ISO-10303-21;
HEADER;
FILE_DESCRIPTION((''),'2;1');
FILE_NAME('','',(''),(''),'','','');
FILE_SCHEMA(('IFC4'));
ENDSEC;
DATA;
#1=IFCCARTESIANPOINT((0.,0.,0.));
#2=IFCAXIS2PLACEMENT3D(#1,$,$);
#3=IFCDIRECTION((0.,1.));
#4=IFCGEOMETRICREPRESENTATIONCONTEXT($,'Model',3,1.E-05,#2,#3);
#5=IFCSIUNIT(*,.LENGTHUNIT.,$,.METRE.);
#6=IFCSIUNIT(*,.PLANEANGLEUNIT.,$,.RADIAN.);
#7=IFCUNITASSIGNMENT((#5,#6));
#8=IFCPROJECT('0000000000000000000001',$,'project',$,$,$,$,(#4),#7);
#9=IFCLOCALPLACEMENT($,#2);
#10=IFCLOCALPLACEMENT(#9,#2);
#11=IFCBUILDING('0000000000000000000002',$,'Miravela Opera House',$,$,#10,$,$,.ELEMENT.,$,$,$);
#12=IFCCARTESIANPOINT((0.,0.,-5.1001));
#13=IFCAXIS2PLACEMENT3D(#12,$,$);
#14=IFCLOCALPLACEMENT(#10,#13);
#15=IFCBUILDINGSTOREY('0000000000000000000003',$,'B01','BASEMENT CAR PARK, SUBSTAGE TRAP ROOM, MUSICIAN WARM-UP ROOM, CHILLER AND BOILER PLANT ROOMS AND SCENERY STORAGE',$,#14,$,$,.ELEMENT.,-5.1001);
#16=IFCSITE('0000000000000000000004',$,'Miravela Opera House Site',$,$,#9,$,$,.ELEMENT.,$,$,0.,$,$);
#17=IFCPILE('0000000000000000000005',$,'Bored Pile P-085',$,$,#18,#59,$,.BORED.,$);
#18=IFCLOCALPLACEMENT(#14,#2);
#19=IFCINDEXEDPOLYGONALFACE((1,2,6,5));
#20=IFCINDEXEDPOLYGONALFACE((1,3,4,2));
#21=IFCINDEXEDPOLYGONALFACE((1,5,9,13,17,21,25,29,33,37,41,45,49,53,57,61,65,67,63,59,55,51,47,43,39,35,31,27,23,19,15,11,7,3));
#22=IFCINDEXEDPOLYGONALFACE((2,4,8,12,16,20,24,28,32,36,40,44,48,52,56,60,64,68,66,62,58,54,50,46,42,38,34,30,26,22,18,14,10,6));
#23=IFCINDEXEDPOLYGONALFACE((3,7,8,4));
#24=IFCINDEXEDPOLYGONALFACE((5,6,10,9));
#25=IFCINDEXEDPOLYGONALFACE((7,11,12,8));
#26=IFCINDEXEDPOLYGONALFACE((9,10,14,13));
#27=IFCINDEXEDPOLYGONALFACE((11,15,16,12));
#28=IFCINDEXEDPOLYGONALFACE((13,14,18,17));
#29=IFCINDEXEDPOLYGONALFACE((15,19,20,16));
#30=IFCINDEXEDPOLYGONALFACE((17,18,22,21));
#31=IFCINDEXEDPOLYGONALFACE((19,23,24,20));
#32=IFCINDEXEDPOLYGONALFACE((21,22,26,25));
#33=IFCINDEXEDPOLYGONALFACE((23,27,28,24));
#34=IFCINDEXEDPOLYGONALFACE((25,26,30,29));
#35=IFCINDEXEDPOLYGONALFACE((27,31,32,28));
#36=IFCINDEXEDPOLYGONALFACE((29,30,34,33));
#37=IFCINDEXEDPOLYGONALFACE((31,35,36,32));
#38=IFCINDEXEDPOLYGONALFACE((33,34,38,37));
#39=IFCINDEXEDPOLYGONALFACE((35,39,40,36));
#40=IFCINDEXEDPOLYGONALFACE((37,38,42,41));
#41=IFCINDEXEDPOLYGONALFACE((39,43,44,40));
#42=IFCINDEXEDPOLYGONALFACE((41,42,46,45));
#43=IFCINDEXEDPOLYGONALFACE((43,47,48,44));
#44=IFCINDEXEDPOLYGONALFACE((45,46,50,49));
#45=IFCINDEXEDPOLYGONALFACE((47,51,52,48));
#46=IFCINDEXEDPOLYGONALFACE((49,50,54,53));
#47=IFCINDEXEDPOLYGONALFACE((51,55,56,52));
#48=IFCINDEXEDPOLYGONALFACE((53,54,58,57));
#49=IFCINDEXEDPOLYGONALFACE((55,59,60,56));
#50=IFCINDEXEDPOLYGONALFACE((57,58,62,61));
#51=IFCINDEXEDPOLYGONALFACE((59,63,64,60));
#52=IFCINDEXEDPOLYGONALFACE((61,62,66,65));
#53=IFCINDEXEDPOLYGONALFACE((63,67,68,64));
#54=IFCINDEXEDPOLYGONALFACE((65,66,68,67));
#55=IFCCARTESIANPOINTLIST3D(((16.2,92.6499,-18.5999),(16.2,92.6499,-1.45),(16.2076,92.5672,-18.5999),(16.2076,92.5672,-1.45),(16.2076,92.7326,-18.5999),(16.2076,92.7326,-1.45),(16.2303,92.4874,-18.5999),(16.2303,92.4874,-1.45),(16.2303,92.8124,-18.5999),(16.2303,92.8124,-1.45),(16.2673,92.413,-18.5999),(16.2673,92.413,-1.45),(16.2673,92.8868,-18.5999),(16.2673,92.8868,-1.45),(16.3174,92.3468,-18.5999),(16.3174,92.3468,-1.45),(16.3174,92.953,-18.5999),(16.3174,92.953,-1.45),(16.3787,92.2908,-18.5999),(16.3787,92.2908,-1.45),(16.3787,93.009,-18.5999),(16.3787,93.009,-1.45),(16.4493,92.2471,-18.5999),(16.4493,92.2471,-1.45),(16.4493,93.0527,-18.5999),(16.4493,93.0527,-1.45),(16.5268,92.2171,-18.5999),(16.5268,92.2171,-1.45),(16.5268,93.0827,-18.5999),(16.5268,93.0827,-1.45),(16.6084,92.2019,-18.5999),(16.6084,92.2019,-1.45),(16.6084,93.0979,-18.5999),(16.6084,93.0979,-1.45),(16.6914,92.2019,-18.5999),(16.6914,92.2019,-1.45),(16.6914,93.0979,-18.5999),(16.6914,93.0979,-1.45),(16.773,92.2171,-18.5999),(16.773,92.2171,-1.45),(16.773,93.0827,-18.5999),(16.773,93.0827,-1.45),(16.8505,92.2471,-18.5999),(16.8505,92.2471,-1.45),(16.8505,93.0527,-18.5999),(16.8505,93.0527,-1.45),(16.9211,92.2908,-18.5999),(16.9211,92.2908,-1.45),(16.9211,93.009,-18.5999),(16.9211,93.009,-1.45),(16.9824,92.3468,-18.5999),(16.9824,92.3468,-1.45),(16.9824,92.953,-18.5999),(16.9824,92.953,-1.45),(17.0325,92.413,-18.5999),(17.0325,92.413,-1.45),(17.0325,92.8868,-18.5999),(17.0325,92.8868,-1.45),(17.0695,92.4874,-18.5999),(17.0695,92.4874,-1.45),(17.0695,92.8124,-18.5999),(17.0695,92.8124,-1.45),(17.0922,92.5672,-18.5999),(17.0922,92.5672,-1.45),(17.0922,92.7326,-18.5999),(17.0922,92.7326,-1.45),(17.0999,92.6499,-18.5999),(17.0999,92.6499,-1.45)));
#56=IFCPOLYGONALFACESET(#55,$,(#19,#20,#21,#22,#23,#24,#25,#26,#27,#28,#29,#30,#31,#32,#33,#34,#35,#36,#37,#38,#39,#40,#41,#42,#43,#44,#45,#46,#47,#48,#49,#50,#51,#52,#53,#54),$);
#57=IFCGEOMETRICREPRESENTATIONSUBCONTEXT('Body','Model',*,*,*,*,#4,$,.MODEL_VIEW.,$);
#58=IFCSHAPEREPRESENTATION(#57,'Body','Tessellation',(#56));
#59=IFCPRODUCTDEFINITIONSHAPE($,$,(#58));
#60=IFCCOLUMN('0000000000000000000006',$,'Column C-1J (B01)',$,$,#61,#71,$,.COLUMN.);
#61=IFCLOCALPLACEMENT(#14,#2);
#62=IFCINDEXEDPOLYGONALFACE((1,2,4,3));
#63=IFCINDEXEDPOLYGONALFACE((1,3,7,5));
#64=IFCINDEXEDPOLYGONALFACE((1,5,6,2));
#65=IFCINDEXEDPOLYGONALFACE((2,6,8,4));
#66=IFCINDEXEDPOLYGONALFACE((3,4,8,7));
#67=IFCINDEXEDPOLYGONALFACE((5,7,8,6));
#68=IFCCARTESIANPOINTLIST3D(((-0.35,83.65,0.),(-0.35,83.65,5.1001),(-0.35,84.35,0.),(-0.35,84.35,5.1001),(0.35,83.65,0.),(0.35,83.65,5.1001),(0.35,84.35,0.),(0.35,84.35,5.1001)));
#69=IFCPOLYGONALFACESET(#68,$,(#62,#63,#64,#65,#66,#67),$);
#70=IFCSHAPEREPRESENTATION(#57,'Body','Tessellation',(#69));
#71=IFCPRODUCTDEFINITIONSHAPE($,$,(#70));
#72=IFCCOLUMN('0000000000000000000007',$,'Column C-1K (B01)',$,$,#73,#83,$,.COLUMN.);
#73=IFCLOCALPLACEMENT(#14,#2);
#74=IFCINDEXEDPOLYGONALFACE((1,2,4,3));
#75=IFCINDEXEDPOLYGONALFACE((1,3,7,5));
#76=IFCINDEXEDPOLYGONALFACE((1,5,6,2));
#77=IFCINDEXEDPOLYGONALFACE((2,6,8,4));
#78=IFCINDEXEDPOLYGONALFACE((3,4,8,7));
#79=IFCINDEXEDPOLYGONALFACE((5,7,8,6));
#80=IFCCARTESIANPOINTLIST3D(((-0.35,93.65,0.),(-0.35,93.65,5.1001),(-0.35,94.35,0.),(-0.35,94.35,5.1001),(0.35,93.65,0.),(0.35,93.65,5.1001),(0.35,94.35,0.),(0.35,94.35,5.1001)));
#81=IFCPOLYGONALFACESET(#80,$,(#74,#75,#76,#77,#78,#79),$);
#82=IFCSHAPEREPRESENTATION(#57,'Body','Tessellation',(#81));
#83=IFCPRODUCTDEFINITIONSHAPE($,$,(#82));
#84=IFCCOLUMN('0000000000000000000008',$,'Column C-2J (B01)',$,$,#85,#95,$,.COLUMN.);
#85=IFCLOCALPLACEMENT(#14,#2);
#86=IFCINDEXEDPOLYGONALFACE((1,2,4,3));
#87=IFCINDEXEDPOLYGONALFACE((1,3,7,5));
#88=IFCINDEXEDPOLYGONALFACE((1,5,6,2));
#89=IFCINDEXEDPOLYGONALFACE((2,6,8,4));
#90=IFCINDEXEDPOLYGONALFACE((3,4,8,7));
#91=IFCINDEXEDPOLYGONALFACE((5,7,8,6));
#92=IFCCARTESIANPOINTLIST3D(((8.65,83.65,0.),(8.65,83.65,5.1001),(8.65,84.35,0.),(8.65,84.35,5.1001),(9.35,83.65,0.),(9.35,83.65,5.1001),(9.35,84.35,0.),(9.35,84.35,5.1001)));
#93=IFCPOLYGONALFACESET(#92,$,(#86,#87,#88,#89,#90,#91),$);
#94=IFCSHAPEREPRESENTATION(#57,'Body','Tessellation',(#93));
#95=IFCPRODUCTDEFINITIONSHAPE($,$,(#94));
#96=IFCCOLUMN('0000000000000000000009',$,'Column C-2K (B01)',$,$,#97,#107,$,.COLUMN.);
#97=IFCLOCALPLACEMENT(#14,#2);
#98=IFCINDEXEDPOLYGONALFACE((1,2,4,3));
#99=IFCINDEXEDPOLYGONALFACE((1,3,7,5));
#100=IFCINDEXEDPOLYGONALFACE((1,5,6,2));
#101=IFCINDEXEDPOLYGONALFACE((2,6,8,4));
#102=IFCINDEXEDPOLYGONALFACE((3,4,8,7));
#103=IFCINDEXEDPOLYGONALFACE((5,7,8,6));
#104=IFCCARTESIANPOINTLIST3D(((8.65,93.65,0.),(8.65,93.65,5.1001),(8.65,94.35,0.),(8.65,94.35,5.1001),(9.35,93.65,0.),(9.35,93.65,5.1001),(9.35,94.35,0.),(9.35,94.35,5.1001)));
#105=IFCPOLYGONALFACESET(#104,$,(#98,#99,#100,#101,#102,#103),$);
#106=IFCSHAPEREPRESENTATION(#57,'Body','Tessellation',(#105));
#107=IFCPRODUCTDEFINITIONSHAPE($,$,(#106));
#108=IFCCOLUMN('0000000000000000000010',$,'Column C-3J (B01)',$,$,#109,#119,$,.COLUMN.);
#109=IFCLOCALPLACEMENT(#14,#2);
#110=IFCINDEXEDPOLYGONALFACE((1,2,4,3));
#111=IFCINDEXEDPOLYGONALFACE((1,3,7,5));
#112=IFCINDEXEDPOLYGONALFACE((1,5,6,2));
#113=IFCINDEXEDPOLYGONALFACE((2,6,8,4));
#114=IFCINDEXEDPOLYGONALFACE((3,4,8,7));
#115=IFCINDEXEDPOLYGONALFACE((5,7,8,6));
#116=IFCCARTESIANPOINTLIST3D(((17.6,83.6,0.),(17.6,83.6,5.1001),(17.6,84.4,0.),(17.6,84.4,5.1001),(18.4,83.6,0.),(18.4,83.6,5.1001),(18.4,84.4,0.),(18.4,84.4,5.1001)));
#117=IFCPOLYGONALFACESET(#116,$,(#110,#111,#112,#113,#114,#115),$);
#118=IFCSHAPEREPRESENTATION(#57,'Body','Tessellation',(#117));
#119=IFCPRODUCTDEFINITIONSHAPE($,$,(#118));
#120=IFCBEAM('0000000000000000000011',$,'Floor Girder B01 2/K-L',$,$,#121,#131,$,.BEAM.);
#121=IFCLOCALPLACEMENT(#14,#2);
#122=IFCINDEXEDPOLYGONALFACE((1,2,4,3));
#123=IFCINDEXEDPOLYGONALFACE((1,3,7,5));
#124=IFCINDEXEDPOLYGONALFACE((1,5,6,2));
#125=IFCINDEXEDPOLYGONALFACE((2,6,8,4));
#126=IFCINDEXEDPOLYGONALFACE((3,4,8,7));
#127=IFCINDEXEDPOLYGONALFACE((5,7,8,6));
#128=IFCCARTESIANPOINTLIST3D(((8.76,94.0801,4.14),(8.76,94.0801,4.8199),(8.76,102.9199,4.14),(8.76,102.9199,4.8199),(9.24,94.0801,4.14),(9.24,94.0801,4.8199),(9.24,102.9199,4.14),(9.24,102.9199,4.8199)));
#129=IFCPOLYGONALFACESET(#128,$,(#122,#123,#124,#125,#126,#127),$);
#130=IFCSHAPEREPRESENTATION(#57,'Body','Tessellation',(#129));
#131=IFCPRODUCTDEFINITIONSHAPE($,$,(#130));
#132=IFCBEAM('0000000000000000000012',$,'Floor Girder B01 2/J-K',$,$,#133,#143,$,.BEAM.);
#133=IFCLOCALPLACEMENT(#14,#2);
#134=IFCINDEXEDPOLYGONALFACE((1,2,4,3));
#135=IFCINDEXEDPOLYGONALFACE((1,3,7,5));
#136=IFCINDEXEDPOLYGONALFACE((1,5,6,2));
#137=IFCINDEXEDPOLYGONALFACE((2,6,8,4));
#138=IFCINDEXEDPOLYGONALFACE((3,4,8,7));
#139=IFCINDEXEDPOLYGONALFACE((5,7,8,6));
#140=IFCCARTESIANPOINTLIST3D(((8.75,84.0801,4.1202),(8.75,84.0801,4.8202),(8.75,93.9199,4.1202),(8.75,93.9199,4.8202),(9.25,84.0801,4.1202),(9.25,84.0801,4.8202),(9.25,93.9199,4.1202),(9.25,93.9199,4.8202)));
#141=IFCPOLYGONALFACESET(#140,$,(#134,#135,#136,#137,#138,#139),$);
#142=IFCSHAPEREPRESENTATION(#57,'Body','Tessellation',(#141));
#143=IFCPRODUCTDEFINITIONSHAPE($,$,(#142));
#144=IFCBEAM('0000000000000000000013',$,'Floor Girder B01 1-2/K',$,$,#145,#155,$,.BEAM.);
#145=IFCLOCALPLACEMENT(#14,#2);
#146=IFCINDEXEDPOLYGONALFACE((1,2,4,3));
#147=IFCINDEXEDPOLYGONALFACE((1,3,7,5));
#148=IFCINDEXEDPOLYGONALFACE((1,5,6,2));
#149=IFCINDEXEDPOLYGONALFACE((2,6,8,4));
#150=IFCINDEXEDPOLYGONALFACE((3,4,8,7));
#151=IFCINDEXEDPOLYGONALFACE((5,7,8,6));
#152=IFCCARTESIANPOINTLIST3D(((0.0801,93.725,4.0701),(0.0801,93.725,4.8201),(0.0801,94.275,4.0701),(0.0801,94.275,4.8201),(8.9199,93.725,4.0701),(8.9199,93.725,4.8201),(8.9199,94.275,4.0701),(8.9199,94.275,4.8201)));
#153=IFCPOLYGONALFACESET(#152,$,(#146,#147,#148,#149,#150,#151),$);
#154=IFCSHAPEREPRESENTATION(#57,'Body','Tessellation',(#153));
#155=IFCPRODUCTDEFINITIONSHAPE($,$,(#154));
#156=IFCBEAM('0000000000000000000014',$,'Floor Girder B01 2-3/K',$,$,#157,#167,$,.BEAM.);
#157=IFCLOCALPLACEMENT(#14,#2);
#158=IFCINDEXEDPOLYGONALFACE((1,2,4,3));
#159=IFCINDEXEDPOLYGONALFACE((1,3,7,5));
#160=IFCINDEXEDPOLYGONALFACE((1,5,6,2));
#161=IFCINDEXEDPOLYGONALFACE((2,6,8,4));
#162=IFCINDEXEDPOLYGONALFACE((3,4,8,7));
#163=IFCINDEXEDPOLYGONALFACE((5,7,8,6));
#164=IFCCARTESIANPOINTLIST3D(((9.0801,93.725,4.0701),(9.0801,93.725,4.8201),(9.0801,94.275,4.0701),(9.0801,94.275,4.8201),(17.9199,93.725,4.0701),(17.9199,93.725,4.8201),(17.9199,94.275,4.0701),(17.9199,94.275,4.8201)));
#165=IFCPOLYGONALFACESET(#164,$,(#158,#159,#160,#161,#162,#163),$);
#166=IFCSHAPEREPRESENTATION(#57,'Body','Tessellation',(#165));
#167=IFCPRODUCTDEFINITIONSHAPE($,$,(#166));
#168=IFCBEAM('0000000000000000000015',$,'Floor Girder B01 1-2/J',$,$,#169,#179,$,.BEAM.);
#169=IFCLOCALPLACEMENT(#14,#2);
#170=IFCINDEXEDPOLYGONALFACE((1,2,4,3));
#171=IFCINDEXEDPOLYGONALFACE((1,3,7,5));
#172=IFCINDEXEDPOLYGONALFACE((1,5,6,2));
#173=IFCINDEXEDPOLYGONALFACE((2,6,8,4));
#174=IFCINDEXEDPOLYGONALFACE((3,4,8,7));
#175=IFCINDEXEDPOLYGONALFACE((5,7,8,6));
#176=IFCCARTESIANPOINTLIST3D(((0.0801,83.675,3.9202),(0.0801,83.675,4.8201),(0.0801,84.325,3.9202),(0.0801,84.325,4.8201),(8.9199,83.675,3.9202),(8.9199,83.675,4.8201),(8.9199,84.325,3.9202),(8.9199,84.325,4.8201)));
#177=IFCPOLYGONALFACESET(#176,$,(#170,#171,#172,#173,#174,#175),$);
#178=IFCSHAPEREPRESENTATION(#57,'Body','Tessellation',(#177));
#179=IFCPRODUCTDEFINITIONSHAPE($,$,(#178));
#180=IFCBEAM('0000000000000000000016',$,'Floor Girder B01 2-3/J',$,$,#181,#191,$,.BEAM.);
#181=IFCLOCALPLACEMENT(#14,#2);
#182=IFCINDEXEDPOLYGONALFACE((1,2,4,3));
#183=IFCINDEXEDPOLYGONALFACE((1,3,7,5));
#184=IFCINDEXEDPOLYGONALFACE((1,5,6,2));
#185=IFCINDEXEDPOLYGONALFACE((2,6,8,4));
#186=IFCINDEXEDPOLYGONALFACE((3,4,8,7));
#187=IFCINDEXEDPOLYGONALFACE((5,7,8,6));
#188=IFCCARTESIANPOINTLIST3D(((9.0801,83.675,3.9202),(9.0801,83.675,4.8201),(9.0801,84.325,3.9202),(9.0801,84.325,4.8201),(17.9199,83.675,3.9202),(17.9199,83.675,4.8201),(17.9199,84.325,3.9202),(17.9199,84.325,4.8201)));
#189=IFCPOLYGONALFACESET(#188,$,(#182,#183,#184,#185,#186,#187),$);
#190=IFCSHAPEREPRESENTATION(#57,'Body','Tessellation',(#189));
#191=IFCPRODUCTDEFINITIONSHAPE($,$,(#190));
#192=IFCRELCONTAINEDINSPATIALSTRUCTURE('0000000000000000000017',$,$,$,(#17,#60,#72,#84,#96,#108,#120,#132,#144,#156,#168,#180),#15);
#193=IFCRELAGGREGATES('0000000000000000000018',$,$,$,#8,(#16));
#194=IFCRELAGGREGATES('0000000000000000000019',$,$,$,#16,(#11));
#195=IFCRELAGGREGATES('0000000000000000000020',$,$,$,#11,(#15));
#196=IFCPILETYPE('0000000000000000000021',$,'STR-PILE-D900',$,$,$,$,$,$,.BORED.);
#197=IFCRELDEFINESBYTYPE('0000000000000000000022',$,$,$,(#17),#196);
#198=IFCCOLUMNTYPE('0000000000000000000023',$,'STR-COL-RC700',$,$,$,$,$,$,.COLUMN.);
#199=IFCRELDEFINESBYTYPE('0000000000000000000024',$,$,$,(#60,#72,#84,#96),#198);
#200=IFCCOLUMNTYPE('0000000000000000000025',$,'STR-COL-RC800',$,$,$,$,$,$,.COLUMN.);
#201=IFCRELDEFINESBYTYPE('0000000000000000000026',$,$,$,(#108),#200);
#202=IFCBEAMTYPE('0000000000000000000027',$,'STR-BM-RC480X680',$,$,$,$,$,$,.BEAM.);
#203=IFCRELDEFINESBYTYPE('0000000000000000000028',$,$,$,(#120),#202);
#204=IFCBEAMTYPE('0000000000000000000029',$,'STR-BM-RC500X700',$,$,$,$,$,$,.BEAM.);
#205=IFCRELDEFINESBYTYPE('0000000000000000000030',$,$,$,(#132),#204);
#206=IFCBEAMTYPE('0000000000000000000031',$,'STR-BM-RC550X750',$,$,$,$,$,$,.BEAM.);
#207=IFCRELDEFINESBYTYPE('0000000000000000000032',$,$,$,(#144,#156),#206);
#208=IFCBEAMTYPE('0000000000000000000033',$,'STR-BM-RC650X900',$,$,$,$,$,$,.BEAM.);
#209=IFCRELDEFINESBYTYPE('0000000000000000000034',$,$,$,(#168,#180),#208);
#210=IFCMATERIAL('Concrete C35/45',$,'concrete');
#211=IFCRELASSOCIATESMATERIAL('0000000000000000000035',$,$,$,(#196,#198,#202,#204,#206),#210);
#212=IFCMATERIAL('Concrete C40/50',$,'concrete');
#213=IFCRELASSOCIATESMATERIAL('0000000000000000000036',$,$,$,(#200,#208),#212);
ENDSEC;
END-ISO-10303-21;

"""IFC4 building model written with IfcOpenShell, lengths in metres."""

from ifc_helpers import new_model, si_unit, direction, frame, origin, origin_2d, place, context, subcontext, project, spatial, rectangle, circle, extrude, material, material_profile, profile_set, type_object, element, save


model = new_model("IFC4")

# Units and contexts
model_context = context("Model", 3, precision=1e-05, world=origin(), true_north=direction((0.0, 1.0)))
body_context = subcontext(model_context, "Body", "Model", "MODEL_VIEW")
ifc_project = project(units=[si_unit("LENGTHUNIT", "METRE"), si_unit("PLANEANGLEUNIT", "RADIAN")], contexts=[model_context])

# Site, building, storey
site_placement = place(None, origin())
site = spatial("IfcSite", under=ifc_project, at=site_placement, Name="Miravela Opera House Site", CompositionType="ELEMENT", RefElevation=0.0)
building_placement = place(site_placement, origin())
building = spatial("IfcBuilding", under=site, at=building_placement, Name="Miravela Opera House", CompositionType="ELEMENT")
storey_placement = place(building_placement, frame((0.0, 0.0, -5.1001)))
storey = spatial("IfcBuildingStorey", under=building, at=storey_placement, Name="B01", Description="BASEMENT CAR PARK, SUBSTAGE TRAP ROOM, MUSICIAN WARM-UP ROOM, CHILLER AND BOILER PLANT ROOMS AND SCENERY STORAGE", CompositionType="ELEMENT", Elevation=-5.1001)

# Shared definitions
ifc_material_1 = material(Name="Concrete C35/45", Category="concrete")

# Pile
ifc_material_profile_1 = material_profile(ifc_material_1, circle(Radius=0.45, at=origin_2d()), Name="PILE-D900")
ifc_profile_set_1 = profile_set([ifc_material_profile_1])
pile_type_1 = type_object("IfcPileType", Name="STR-PILE-D900", PredefinedType="BORED", material=ifc_profile_set_1)
for number, where, z_axis, x_axis, name in (
    (1, (16.6499, 92.6499, -1.45), (0.0, 0.0, -1.0), (1.0, 0.0, 0.0), "Bored Pile P-085"),
):
    element("IfcPile", number, at=place(storey_placement, frame(where, z_axis=z_axis, x_axis=x_axis)), inside=storey, type_object=pile_type_1, Name=name, PredefinedType="BORED", context=body_context, shape_type="SweptSolid", body=[
        extrude(circle(Radius=0.45, at=origin_2d()), origin(), (0.0, 0.0, 1.0), 17.1499),
    ])

# Columns
ifc_material_profile_2 = material_profile(ifc_material_1, rectangle(XDim=0.7, YDim=0.7, at=origin_2d()), Name="RC-COL-700X700")
ifc_profile_set_2 = profile_set([ifc_material_profile_2])
column_type_1 = type_object("IfcColumnType", Name="STR-COL-RC700", PredefinedType="COLUMN", material=ifc_profile_set_2)
for number, where, z_axis, x_axis, name in (
    (2, (0.0, 84.0, 0.0), (0.0, 0.0, 1.0), (1.0, 0.0, 0.0), "Column C-1J (B01)"),
    (3, (0.0, 94.0, 0.0), (0.0, 0.0, 1.0), (1.0, 0.0, 0.0), "Column C-1K (B01)"),
    (4, (9.0, 84.0, 0.0), (0.0, 0.0, 1.0), (1.0, 0.0, 0.0), "Column C-2J (B01)"),
    (5, (9.0, 94.0, 0.0), (0.0, 0.0, 1.0), (1.0, 0.0, 0.0), "Column C-2K (B01)"),
):
    element("IfcColumn", number, at=place(storey_placement, frame(where, z_axis=z_axis, x_axis=x_axis)), inside=storey, type_object=column_type_1, Name=name, PredefinedType="COLUMN", context=body_context, shape_type="SweptSolid", body=[
        extrude(rectangle(XDim=0.7, YDim=0.7, at=origin_2d()), origin(), (0.0, 0.0, 1.0), 5.1001),
    ])
ifc_material_2 = material(Name="Concrete C40/50", Category="concrete")
ifc_material_profile_3 = material_profile(ifc_material_2, rectangle(XDim=0.8, YDim=0.8, at=origin_2d()), Name="RC-COL-800X800")
ifc_profile_set_3 = profile_set([ifc_material_profile_3])
column_type_2 = type_object("IfcColumnType", Name="STR-COL-RC800", PredefinedType="COLUMN", material=ifc_profile_set_3)
column_placement = place(storey_placement, frame((18.0, 84.0, 0.0), z_axis=(0.0, 0.0, 1.0), x_axis=(1.0, 0.0, 0.0)))
element("IfcColumn", 6, at=column_placement, inside=storey, type_object=column_type_2, Name="Column C-3J (B01)", PredefinedType="COLUMN", context=body_context, shape_type="SweptSolid", body=[
    extrude(rectangle(XDim=0.8, YDim=0.8, at=origin_2d()), origin(), (0.0, 0.0, 1.0), 5.1001),
])

# Beams
ifc_material_profile_4 = material_profile(ifc_material_1, rectangle(XDim=0.48, YDim=0.6799, at=origin_2d()), Name="RC-BM-480X680")
ifc_profile_set_4 = profile_set([ifc_material_profile_4])
beam_type_1 = type_object("IfcBeamType", Name="STR-BM-RC480X680", PredefinedType="BEAM", material=ifc_profile_set_4)
beam_1_placement = place(storey_placement, frame((9.0, 94.0801, 4.48), z_axis=(0.0, 1.0, 0.0), x_axis=(-1.0, 0.0, 0.0)))
element("IfcBeam", 7, at=beam_1_placement, inside=storey, type_object=beam_type_1, Name="Floor Girder B01 2/K-L", PredefinedType="BEAM", context=body_context, shape_type="SweptSolid", body=[
    extrude(rectangle(XDim=0.48, YDim=0.6799, at=origin_2d()), origin(), (0.0, 0.0, 1.0), 8.8398),
])
ifc_material_profile_5 = material_profile(ifc_material_1, rectangle(XDim=0.5, YDim=0.7, at=origin_2d()), Name="RC-BM-500X700")
ifc_profile_set_5 = profile_set([ifc_material_profile_5])
beam_type_2 = type_object("IfcBeamType", Name="STR-BM-RC500X700", PredefinedType="BEAM", material=ifc_profile_set_5)
beam_2_placement = place(storey_placement, frame((9.0, 84.0801, 4.4702), z_axis=(0.0, 1.0, 0.0), x_axis=(-1.0, 0.0, 0.0)))
element("IfcBeam", 8, at=beam_2_placement, inside=storey, type_object=beam_type_2, Name="Floor Girder B01 2/J-K", PredefinedType="BEAM", context=body_context, shape_type="SweptSolid", body=[
    extrude(rectangle(XDim=0.5, YDim=0.7, at=origin_2d()), origin(), (0.0, 0.0, 1.0), 9.8398),
])
ifc_material_profile_6 = material_profile(ifc_material_1, rectangle(XDim=0.55, YDim=0.75, at=origin_2d()), Name="RC-BM-550X750")
ifc_profile_set_6 = profile_set([ifc_material_profile_6])
beam_type_3 = type_object("IfcBeamType", Name="STR-BM-RC550X750", PredefinedType="BEAM", material=ifc_profile_set_6)
for number, where, z_axis, x_axis, name in (
    (9, (0.0801, 94.0, 4.4451), (1.0, 0.0, 0.0), (0.0, 1.0, 0.0), "Floor Girder B01 1-2/K"),
    (10, (9.0801, 94.0, 4.4451), (1.0, 0.0, 0.0), (0.0, 1.0, 0.0), "Floor Girder B01 2-3/K"),
):
    element("IfcBeam", number, at=place(storey_placement, frame(where, z_axis=z_axis, x_axis=x_axis)), inside=storey, type_object=beam_type_3, Name=name, PredefinedType="BEAM", context=body_context, shape_type="SweptSolid", body=[
        extrude(rectangle(XDim=0.55, YDim=0.75, at=origin_2d()), origin(), (0.0, 0.0, 1.0), 8.8398),
    ])
ifc_material_profile_7 = material_profile(ifc_material_2, rectangle(XDim=0.6499, YDim=0.8999, at=origin_2d()), Name="RC-BM-650X900")
ifc_profile_set_7 = profile_set([ifc_material_profile_7])
beam_type_4 = type_object("IfcBeamType", Name="STR-BM-RC650X900", PredefinedType="BEAM", material=ifc_profile_set_7)
for number, where, z_axis, x_axis, name in (
    (11, (0.0801, 84.0, 4.3701), (1.0, 0.0, 0.0), (0.0, 1.0, 0.0), "Floor Girder B01 1-2/J"),
    (12, (9.0801, 84.0, 4.3701), (1.0, 0.0, 0.0), (0.0, 1.0, 0.0), "Floor Girder B01 2-3/J"),
):
    element("IfcBeam", number, at=place(storey_placement, frame(where, z_axis=z_axis, x_axis=x_axis)), inside=storey, type_object=beam_type_4, Name=name, PredefinedType="BEAM", context=body_context, shape_type="SweptSolid", body=[
        extrude(rectangle(XDim=0.6499, YDim=0.8999, at=origin_2d()), origin(), (0.0, 0.0, 1.0), 8.8398),
    ])

save(model, "model.ifc")
